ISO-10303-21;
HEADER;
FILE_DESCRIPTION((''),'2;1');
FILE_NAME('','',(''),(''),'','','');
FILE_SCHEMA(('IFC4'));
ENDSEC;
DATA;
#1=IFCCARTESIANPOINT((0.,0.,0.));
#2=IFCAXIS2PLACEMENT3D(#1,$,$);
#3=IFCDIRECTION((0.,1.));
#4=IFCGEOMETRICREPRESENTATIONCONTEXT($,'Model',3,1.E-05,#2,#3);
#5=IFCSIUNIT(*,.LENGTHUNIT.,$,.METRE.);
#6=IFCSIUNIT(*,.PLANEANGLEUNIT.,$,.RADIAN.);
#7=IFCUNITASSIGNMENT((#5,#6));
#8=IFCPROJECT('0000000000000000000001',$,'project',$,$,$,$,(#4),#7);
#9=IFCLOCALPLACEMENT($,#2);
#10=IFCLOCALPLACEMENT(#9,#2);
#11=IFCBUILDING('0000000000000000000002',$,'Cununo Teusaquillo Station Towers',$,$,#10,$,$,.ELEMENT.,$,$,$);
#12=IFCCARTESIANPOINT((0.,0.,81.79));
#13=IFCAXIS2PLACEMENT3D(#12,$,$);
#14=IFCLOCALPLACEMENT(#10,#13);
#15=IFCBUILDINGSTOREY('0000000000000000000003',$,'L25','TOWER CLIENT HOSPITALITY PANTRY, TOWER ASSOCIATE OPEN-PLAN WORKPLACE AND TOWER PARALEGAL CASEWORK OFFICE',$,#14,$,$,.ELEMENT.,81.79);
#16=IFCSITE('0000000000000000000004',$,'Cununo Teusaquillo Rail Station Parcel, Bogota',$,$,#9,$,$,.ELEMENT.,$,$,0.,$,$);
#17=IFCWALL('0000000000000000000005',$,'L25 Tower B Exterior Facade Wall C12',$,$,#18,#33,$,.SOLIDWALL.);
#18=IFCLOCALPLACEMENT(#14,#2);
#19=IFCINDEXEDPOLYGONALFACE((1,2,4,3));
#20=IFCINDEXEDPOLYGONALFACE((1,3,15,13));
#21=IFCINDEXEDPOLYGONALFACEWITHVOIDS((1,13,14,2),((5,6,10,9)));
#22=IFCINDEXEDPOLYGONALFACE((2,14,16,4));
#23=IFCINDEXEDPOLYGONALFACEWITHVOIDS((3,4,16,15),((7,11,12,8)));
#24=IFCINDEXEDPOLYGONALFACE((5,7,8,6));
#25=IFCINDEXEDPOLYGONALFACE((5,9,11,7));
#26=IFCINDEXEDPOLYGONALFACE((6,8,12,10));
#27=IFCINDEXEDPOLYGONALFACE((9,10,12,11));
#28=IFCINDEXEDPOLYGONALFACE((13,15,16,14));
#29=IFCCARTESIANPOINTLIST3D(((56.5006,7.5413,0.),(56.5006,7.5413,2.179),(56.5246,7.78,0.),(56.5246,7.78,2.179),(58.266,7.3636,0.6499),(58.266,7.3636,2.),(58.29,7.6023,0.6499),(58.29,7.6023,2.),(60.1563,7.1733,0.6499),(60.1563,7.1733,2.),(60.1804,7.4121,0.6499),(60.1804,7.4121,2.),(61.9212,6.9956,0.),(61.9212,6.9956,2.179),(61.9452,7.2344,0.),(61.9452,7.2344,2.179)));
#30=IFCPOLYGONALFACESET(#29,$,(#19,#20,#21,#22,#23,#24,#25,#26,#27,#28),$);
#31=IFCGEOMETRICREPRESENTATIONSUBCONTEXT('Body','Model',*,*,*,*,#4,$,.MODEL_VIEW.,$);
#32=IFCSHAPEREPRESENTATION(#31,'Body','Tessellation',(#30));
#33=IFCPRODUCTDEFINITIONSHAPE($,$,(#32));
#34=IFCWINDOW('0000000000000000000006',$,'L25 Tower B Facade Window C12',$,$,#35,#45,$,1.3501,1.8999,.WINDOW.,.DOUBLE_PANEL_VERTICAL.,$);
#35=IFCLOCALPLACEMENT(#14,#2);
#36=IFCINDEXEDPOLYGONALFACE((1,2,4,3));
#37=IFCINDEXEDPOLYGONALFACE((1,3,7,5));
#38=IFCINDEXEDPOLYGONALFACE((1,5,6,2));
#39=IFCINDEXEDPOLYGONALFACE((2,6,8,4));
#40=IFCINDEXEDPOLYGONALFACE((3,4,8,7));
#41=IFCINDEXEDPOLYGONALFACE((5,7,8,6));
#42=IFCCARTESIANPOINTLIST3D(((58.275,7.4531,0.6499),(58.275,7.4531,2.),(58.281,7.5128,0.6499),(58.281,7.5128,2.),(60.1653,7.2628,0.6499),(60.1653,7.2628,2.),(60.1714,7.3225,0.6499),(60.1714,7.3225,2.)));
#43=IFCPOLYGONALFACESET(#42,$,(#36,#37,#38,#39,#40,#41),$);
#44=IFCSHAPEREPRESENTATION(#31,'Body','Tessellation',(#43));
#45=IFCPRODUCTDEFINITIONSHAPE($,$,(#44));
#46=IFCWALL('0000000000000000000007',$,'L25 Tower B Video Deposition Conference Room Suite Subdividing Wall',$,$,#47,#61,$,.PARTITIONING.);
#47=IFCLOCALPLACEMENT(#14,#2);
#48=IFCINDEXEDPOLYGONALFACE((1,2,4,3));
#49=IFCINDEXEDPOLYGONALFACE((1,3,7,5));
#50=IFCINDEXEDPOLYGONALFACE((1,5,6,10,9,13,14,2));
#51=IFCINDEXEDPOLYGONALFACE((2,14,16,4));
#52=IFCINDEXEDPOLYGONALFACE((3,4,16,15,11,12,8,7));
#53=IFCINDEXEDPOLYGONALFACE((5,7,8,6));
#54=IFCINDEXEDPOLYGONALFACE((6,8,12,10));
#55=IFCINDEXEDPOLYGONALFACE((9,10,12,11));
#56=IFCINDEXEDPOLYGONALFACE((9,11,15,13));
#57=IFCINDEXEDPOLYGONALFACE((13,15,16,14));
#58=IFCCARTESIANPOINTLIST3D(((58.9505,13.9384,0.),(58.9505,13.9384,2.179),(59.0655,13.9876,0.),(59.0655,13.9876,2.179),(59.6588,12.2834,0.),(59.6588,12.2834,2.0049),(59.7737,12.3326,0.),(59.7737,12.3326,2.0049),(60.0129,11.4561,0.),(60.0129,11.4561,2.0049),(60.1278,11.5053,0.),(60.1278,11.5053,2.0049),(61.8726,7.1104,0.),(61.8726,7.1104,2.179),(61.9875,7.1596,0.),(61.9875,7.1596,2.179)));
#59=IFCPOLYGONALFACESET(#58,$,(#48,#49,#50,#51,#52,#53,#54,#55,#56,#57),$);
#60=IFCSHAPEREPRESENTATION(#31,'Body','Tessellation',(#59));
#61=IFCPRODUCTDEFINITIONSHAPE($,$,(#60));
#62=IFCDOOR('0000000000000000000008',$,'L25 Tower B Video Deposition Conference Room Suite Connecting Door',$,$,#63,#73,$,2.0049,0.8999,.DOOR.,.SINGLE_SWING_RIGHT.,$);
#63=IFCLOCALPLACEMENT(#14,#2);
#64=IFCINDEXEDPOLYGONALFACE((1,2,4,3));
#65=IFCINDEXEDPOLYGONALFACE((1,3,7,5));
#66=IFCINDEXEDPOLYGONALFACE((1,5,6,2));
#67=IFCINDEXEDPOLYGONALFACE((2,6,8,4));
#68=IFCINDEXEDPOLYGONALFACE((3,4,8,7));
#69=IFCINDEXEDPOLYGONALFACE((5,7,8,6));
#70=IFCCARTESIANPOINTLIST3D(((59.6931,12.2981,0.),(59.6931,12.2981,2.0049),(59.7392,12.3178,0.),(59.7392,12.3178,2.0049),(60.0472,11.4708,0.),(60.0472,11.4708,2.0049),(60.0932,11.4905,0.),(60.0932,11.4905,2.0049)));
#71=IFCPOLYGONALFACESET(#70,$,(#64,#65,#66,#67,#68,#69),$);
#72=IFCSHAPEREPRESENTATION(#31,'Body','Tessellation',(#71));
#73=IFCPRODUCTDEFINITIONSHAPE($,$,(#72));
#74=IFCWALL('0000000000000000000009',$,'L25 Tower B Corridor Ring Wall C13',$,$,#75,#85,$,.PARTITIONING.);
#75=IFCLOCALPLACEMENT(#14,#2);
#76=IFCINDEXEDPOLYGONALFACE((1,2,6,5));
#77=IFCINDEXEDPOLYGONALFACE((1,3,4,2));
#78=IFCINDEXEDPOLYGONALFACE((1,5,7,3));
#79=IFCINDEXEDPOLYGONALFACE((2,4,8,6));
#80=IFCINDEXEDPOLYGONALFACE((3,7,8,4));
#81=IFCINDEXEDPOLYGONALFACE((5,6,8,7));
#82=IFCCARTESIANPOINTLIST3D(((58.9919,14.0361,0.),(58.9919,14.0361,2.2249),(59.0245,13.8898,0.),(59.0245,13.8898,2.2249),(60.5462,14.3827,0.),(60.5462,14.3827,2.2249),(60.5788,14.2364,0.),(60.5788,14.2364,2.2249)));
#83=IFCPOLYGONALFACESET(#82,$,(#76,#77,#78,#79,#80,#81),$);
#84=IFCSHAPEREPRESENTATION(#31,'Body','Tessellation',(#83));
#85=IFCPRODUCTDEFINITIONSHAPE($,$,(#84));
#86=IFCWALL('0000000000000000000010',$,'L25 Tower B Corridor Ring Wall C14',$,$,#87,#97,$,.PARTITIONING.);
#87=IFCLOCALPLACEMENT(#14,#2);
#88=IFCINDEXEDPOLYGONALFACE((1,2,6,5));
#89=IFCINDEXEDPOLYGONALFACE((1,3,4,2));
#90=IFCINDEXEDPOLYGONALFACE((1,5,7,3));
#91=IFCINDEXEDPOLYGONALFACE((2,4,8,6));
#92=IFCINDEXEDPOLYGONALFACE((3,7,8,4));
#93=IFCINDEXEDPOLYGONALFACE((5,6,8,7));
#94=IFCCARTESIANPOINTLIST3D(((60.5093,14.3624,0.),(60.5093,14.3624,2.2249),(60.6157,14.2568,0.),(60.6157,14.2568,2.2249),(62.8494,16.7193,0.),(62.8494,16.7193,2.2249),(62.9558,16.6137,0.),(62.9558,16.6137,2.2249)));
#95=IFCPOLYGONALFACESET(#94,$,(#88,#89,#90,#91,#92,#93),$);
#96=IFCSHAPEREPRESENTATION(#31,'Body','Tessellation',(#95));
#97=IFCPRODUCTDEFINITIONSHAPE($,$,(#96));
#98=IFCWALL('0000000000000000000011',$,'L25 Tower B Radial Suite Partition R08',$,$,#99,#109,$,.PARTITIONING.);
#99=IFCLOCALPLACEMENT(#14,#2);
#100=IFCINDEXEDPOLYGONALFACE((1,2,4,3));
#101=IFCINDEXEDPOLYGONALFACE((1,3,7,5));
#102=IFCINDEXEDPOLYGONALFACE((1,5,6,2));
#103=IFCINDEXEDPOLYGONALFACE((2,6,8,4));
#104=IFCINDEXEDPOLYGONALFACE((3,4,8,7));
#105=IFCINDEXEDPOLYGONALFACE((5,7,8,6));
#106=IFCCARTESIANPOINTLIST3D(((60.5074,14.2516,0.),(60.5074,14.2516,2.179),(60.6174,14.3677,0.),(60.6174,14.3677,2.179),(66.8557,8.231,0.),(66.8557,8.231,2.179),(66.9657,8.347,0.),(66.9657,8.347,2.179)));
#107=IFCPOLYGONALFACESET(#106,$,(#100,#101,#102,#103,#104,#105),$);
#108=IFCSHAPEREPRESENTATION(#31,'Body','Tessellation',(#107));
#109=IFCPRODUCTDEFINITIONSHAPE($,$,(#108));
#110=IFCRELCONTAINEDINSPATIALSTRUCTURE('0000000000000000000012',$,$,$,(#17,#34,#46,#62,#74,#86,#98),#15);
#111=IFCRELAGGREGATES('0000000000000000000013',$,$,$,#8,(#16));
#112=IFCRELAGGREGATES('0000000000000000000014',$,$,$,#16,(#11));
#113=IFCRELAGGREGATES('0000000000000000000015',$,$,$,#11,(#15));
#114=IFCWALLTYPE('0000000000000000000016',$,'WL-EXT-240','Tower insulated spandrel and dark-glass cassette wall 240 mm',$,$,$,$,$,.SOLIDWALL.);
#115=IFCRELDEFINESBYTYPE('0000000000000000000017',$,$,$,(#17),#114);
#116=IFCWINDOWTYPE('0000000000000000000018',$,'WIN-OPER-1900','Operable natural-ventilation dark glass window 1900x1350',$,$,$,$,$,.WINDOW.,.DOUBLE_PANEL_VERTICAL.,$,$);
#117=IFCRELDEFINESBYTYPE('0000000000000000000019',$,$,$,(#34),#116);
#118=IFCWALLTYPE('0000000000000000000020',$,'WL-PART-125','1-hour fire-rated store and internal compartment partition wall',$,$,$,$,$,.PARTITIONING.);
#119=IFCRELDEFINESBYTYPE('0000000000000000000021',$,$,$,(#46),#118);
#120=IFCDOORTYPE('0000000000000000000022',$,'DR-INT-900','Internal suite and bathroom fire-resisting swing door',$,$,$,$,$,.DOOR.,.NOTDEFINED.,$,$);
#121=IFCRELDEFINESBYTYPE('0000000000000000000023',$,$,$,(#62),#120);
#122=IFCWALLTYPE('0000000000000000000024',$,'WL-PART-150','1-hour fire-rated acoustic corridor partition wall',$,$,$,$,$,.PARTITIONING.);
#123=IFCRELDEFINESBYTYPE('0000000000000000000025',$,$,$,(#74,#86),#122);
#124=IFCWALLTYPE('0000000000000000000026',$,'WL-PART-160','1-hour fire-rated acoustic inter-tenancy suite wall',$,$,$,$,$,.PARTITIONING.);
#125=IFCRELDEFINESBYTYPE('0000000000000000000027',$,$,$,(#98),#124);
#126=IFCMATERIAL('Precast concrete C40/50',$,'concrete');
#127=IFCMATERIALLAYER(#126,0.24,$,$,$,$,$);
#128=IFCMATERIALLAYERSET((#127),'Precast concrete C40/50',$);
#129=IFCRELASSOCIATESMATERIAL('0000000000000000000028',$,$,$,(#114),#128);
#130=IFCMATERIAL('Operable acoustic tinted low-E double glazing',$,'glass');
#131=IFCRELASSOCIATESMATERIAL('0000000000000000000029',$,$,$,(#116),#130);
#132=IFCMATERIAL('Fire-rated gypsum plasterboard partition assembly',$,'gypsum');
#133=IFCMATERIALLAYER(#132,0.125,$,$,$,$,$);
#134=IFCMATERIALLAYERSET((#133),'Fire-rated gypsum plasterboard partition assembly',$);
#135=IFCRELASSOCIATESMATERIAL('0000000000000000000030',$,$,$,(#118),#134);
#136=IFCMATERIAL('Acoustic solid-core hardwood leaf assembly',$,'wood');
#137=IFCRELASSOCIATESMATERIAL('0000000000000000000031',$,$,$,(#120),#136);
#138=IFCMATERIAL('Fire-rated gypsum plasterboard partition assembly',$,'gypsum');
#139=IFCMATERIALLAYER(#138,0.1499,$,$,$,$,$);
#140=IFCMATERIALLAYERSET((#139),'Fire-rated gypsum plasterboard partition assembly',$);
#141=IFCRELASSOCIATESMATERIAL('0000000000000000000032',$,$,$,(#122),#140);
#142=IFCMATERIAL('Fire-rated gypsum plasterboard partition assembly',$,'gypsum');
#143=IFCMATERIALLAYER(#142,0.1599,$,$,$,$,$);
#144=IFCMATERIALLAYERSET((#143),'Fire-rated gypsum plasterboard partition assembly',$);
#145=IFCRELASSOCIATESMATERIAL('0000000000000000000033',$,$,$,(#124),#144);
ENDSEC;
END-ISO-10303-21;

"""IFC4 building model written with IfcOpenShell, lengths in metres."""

from ifc_helpers import new_model, si_unit, direction, frame, frame_2d, origin, place, context, subcontext, project, spatial, rectangle, extrude, source, transform, mapped, material, layer, layer_set, type_object, element, fill, save


model = new_model("IFC4")

# Units and contexts
model_context = context("Model", 3, precision=1e-05, world=origin(), true_north=direction((0.0, 1.0)))
body_context = subcontext(model_context, "Body", "Model", "MODEL_VIEW")
ifc_project = project(units=[si_unit("LENGTHUNIT", "METRE"), si_unit("PLANEANGLEUNIT", "RADIAN")], contexts=[model_context])

# Site, building, storey
site_placement = place(None, origin())
site = spatial("IfcSite", under=ifc_project, at=site_placement, Name="Cununo Teusaquillo Rail Station Parcel, Bogota", CompositionType="ELEMENT", RefElevation=0.0)
building_placement = place(site_placement, origin())
building = spatial("IfcBuilding", under=site, at=building_placement, Name="Cununo Teusaquillo Station Towers", CompositionType="ELEMENT")
storey_placement = place(building_placement, frame((0.0, 0.0, 81.79)))
storey = spatial("IfcBuildingStorey", under=building, at=storey_placement, Name="L25", Description="TOWER CLIENT HOSPITALITY PANTRY, TOWER ASSOCIATE OPEN-PLAN WORKPLACE AND TOWER PARALEGAL CASEWORK OFFICE", CompositionType="ELEMENT", Elevation=81.79)

# Wall, opening, window
ifc_material_1 = material(Name="Precast concrete C40/50", Category="concrete")
ifc_layer_1 = layer(ifc_material_1, 0.24)
ifc_layer_set_1 = layer_set([ifc_layer_1], Name="Precast concrete C40/50")
wall_type_1 = type_object("IfcWallType", Name="WL-EXT-240", Description="Tower insulated spandrel and dark-glass cassette wall 240 mm", PredefinedType="SOLIDWALL", material=ifc_layer_set_1)
wall_1_placement = place(storey_placement, frame((61.9333, 7.115, 0.0), z_axis=(0.0, 0.0, 1.0), x_axis=(-0.994972, 0.100156, 0.0)))
wall_1 = element("IfcWall", 1, at=wall_1_placement, inside=storey, type_object=wall_type_1, Name="L25 Tower B Exterior Facade Wall C12", PredefinedType="SOLIDWALL", context=body_context, shape_type="SweptSolid", body=[
    extrude(rectangle(XDim=5.448, YDim=0.24, at=frame_2d((2.7241, 0.0))), origin(), (0.0, 0.0, 1.0), 2.179),
])
shared_shape_1 = source(origin(), body_context, "Body", "SweptSolid", [
    extrude(rectangle(XDim=1.8999, YDim=1.3501, at=frame_2d((0.95, 0.675))), frame((0.0, 0.1299, 0.0), z_axis=(0.0, -1.0, 0.0), x_axis=(1.0, 0.0, 0.0)), (0.0, 0.0, 1.0), 0.26),
])
opening_1_placement = place(wall_1_placement, frame((1.7739, 0.0, 0.6499)))
opening_1 = element("IfcOpeningElement", 2, at=opening_1_placement, cuts=wall_1, PredefinedType="OPENING", context=body_context, shape_type="MappedRepresentation", body=[
    mapped(shared_shape_1, transform((0.0, 0.0, 0.0), x_axis=(1.0, 0.0, 0.0), y_axis=(0.0, 1.0, 0.0), z_axis=(0.0, 0.0, 1.0), scale=1.0)),
])
ifc_material_2 = material(Name="Operable acoustic tinted low-E double glazing", Category="glass")
window_type = type_object("IfcWindowType", Name="WIN-OPER-1900", Description="Operable natural-ventilation dark glass window 1900x1350", PartitioningType="DOUBLE_PANEL_VERTICAL", PredefinedType="WINDOW", material=ifc_material_2)
shared_shape_2 = source(origin(), body_context, "Body", "SweptSolid", [
    extrude(rectangle(XDim=1.8999, YDim=1.3501, at=frame_2d((0.95, 0.675))), frame((0.0, 0.03, 0.0), z_axis=(0.0, -1.0, 0.0), x_axis=(1.0, 0.0, 0.0)), (0.0, 0.0, 1.0), 0.0601),
])
window_placement = place(opening_1_placement, origin())
window = element("IfcWindow", 3, at=window_placement, inside=storey, type_object=window_type, Name="L25 Tower B Facade Window C12", OverallHeight=1.3501, OverallWidth=1.8999, PartitioningType="DOUBLE_PANEL_VERTICAL", PredefinedType="WINDOW", context=body_context, shape_type="MappedRepresentation", body=[
    mapped(shared_shape_2, transform((0.0, 0.0, 0.0), x_axis=(1.0, 0.0, 0.0), y_axis=(0.0, 1.0, 0.0), z_axis=(0.0, 0.0, 1.0), scale=1.0)),
])
fill(opening_1, window)

# Wall, opening, door
ifc_material_3 = material(Name="Fire-rated gypsum plasterboard partition assembly", Category="gypsum")
ifc_layer_2 = layer(ifc_material_3, 0.125)
ifc_layer_set_2 = layer_set([ifc_layer_2], Name="Fire-rated gypsum plasterboard partition assembly")
wall_type_2 = type_object("IfcWallType", Name="WL-PART-125", Description="1-hour fire-rated store and internal compartment partition wall", PredefinedType="PARTITIONING", material=ifc_layer_set_2)
wall_2_placement = place(storey_placement, frame((59.0081, 13.9629, 0.0), z_axis=(0.0, 0.0, 1.0), x_axis=(0.393439, -0.919351, 0.0)))
wall_2 = element("IfcWall", 4, at=wall_2_placement, inside=storey, type_object=wall_type_2, Name="L25 Tower B Video Deposition Conference Room Suite Subdividing Wall", PredefinedType="PARTITIONING", context=body_context, shape_type="SweptSolid", body=[
    extrude(rectangle(XDim=7.427, YDim=0.125, at=frame_2d((3.7134, 0.0))), origin(), (0.0, 0.0, 1.0), 2.179),
])
shared_shape_3 = source(origin(), body_context, "Body", "SweptSolid", [
    extrude(rectangle(XDim=0.8999, YDim=2.0049, at=frame_2d((0.45, 1.0024))), frame((0.0, 0.0725, 0.0), z_axis=(0.0, -1.0, 0.0), x_axis=(1.0, 0.0, 0.0)), (0.0, 0.0, 1.0), 0.145),
])
opening_2_placement = place(wall_2_placement, frame((1.8, 0.0, 0.0)))
opening_2 = element("IfcOpeningElement", 5, at=opening_2_placement, cuts=wall_2, PredefinedType="OPENING", context=body_context, shape_type="MappedRepresentation", body=[
    mapped(shared_shape_3, transform((0.0, 0.0, 0.0), x_axis=(1.0, 0.0, 0.0), y_axis=(0.0, 1.0, 0.0), z_axis=(0.0, 0.0, 1.0), scale=1.0)),
])
ifc_material_4 = material(Name="Acoustic solid-core hardwood leaf assembly", Category="wood")
door_type = type_object("IfcDoorType", Name="DR-INT-900", Description="Internal suite and bathroom fire-resisting swing door", OperationType="NOTDEFINED", PredefinedType="DOOR", material=ifc_material_4)
shared_shape_4 = source(origin(), body_context, "Body", "SweptSolid", [
    extrude(rectangle(XDim=0.8999, YDim=2.0049, at=frame_2d((0.45, 1.0024))), frame((0.0, 0.0249, 0.0), z_axis=(0.0, -1.0, 0.0), x_axis=(1.0, 0.0, 0.0)), (0.0, 0.0, 1.0), 0.05),
])
door_placement = place(opening_2_placement, origin())
door = element("IfcDoor", 6, at=door_placement, inside=storey, type_object=door_type, Name="L25 Tower B Video Deposition Conference Room Suite Connecting Door", OperationType="SINGLE_SWING_RIGHT", OverallHeight=2.0049, OverallWidth=0.8999, PredefinedType="DOOR", context=body_context, shape_type="MappedRepresentation", body=[
    mapped(shared_shape_4, transform((0.0, 0.0, 0.0), x_axis=(1.0, 0.0, 0.0), y_axis=(0.0, 1.0, 0.0), z_axis=(0.0, 0.0, 1.0), scale=1.0)),
])
fill(opening_2, door)

# Walls
ifc_material_5 = material(Name="Fire-rated gypsum plasterboard partition assembly", Category="gypsum")
ifc_layer_3 = layer(ifc_material_5, 0.1499)
ifc_layer_set_3 = layer_set([ifc_layer_3], Name="Fire-rated gypsum plasterboard partition assembly")
wall_type_3 = type_object("IfcWallType", Name="WL-PART-150", Description="1-hour fire-rated acoustic corridor partition wall", PredefinedType="PARTITIONING", material=ifc_layer_set_3)
wall_3_placement = place(storey_placement, frame((59.0081, 13.9629, 0.0), z_axis=(0.0, 0.0, 1.0), x_axis=(0.976021, 0.217677, 0.0)))
element("IfcWall", 7, at=wall_3_placement, inside=storey, type_object=wall_type_3, Name="L25 Tower B Corridor Ring Wall C13", PredefinedType="PARTITIONING", context=body_context, shape_type="SweptSolid", body=[
    extrude(rectangle(XDim=1.5925, YDim=0.1499, at=frame_2d((0.7964, 0.0))), origin(), (0.0, 0.0, 1.0), 2.2249),
])
wall_4_placement = place(storey_placement, frame((60.5625, 14.3096, 0.0), z_axis=(0.0, 0.0, 1.0), x_axis=(0.704566, 0.709638, 0.0)))
element("IfcWall", 8, at=wall_4_placement, inside=storey, type_object=wall_type_3, Name="L25 Tower B Corridor Ring Wall C14", PredefinedType="PARTITIONING", context=body_context, shape_type="SweptSolid", body=[
    extrude(rectangle(XDim=3.3213, YDim=0.1499, at=frame_2d((1.6606, 0.0))), origin(), (0.0, 0.0, 1.0), 2.2249),
])
ifc_material_6 = material(Name="Fire-rated gypsum plasterboard partition assembly", Category="gypsum")
ifc_layer_4 = layer(ifc_material_6, 0.1599)
ifc_layer_set_4 = layer_set([ifc_layer_4], Name="Fire-rated gypsum plasterboard partition assembly")
wall_type_4 = type_object("IfcWallType", Name="WL-PART-160", Description="1-hour fire-rated acoustic inter-tenancy suite wall", PredefinedType="PARTITIONING", material=ifc_layer_set_4)
wall_5_placement = place(storey_placement, frame((60.5625, 14.3096, 0.0), z_axis=(0.0, 0.0, 1.0), x_axis=(0.725582, -0.688135, 0.0)))
element("IfcWall", 9, at=wall_5_placement, inside=storey, type_object=wall_type_4, Name="L25 Tower B Radial Suite Partition R08", PredefinedType="PARTITIONING", context=body_context, shape_type="SweptSolid", body=[
    extrude(rectangle(XDim=8.7493, YDim=0.1599, at=frame_2d((4.3745, 0.0))), origin(), (0.0, 0.0, 1.0), 2.179),
])

save(model, "model.ifc")
